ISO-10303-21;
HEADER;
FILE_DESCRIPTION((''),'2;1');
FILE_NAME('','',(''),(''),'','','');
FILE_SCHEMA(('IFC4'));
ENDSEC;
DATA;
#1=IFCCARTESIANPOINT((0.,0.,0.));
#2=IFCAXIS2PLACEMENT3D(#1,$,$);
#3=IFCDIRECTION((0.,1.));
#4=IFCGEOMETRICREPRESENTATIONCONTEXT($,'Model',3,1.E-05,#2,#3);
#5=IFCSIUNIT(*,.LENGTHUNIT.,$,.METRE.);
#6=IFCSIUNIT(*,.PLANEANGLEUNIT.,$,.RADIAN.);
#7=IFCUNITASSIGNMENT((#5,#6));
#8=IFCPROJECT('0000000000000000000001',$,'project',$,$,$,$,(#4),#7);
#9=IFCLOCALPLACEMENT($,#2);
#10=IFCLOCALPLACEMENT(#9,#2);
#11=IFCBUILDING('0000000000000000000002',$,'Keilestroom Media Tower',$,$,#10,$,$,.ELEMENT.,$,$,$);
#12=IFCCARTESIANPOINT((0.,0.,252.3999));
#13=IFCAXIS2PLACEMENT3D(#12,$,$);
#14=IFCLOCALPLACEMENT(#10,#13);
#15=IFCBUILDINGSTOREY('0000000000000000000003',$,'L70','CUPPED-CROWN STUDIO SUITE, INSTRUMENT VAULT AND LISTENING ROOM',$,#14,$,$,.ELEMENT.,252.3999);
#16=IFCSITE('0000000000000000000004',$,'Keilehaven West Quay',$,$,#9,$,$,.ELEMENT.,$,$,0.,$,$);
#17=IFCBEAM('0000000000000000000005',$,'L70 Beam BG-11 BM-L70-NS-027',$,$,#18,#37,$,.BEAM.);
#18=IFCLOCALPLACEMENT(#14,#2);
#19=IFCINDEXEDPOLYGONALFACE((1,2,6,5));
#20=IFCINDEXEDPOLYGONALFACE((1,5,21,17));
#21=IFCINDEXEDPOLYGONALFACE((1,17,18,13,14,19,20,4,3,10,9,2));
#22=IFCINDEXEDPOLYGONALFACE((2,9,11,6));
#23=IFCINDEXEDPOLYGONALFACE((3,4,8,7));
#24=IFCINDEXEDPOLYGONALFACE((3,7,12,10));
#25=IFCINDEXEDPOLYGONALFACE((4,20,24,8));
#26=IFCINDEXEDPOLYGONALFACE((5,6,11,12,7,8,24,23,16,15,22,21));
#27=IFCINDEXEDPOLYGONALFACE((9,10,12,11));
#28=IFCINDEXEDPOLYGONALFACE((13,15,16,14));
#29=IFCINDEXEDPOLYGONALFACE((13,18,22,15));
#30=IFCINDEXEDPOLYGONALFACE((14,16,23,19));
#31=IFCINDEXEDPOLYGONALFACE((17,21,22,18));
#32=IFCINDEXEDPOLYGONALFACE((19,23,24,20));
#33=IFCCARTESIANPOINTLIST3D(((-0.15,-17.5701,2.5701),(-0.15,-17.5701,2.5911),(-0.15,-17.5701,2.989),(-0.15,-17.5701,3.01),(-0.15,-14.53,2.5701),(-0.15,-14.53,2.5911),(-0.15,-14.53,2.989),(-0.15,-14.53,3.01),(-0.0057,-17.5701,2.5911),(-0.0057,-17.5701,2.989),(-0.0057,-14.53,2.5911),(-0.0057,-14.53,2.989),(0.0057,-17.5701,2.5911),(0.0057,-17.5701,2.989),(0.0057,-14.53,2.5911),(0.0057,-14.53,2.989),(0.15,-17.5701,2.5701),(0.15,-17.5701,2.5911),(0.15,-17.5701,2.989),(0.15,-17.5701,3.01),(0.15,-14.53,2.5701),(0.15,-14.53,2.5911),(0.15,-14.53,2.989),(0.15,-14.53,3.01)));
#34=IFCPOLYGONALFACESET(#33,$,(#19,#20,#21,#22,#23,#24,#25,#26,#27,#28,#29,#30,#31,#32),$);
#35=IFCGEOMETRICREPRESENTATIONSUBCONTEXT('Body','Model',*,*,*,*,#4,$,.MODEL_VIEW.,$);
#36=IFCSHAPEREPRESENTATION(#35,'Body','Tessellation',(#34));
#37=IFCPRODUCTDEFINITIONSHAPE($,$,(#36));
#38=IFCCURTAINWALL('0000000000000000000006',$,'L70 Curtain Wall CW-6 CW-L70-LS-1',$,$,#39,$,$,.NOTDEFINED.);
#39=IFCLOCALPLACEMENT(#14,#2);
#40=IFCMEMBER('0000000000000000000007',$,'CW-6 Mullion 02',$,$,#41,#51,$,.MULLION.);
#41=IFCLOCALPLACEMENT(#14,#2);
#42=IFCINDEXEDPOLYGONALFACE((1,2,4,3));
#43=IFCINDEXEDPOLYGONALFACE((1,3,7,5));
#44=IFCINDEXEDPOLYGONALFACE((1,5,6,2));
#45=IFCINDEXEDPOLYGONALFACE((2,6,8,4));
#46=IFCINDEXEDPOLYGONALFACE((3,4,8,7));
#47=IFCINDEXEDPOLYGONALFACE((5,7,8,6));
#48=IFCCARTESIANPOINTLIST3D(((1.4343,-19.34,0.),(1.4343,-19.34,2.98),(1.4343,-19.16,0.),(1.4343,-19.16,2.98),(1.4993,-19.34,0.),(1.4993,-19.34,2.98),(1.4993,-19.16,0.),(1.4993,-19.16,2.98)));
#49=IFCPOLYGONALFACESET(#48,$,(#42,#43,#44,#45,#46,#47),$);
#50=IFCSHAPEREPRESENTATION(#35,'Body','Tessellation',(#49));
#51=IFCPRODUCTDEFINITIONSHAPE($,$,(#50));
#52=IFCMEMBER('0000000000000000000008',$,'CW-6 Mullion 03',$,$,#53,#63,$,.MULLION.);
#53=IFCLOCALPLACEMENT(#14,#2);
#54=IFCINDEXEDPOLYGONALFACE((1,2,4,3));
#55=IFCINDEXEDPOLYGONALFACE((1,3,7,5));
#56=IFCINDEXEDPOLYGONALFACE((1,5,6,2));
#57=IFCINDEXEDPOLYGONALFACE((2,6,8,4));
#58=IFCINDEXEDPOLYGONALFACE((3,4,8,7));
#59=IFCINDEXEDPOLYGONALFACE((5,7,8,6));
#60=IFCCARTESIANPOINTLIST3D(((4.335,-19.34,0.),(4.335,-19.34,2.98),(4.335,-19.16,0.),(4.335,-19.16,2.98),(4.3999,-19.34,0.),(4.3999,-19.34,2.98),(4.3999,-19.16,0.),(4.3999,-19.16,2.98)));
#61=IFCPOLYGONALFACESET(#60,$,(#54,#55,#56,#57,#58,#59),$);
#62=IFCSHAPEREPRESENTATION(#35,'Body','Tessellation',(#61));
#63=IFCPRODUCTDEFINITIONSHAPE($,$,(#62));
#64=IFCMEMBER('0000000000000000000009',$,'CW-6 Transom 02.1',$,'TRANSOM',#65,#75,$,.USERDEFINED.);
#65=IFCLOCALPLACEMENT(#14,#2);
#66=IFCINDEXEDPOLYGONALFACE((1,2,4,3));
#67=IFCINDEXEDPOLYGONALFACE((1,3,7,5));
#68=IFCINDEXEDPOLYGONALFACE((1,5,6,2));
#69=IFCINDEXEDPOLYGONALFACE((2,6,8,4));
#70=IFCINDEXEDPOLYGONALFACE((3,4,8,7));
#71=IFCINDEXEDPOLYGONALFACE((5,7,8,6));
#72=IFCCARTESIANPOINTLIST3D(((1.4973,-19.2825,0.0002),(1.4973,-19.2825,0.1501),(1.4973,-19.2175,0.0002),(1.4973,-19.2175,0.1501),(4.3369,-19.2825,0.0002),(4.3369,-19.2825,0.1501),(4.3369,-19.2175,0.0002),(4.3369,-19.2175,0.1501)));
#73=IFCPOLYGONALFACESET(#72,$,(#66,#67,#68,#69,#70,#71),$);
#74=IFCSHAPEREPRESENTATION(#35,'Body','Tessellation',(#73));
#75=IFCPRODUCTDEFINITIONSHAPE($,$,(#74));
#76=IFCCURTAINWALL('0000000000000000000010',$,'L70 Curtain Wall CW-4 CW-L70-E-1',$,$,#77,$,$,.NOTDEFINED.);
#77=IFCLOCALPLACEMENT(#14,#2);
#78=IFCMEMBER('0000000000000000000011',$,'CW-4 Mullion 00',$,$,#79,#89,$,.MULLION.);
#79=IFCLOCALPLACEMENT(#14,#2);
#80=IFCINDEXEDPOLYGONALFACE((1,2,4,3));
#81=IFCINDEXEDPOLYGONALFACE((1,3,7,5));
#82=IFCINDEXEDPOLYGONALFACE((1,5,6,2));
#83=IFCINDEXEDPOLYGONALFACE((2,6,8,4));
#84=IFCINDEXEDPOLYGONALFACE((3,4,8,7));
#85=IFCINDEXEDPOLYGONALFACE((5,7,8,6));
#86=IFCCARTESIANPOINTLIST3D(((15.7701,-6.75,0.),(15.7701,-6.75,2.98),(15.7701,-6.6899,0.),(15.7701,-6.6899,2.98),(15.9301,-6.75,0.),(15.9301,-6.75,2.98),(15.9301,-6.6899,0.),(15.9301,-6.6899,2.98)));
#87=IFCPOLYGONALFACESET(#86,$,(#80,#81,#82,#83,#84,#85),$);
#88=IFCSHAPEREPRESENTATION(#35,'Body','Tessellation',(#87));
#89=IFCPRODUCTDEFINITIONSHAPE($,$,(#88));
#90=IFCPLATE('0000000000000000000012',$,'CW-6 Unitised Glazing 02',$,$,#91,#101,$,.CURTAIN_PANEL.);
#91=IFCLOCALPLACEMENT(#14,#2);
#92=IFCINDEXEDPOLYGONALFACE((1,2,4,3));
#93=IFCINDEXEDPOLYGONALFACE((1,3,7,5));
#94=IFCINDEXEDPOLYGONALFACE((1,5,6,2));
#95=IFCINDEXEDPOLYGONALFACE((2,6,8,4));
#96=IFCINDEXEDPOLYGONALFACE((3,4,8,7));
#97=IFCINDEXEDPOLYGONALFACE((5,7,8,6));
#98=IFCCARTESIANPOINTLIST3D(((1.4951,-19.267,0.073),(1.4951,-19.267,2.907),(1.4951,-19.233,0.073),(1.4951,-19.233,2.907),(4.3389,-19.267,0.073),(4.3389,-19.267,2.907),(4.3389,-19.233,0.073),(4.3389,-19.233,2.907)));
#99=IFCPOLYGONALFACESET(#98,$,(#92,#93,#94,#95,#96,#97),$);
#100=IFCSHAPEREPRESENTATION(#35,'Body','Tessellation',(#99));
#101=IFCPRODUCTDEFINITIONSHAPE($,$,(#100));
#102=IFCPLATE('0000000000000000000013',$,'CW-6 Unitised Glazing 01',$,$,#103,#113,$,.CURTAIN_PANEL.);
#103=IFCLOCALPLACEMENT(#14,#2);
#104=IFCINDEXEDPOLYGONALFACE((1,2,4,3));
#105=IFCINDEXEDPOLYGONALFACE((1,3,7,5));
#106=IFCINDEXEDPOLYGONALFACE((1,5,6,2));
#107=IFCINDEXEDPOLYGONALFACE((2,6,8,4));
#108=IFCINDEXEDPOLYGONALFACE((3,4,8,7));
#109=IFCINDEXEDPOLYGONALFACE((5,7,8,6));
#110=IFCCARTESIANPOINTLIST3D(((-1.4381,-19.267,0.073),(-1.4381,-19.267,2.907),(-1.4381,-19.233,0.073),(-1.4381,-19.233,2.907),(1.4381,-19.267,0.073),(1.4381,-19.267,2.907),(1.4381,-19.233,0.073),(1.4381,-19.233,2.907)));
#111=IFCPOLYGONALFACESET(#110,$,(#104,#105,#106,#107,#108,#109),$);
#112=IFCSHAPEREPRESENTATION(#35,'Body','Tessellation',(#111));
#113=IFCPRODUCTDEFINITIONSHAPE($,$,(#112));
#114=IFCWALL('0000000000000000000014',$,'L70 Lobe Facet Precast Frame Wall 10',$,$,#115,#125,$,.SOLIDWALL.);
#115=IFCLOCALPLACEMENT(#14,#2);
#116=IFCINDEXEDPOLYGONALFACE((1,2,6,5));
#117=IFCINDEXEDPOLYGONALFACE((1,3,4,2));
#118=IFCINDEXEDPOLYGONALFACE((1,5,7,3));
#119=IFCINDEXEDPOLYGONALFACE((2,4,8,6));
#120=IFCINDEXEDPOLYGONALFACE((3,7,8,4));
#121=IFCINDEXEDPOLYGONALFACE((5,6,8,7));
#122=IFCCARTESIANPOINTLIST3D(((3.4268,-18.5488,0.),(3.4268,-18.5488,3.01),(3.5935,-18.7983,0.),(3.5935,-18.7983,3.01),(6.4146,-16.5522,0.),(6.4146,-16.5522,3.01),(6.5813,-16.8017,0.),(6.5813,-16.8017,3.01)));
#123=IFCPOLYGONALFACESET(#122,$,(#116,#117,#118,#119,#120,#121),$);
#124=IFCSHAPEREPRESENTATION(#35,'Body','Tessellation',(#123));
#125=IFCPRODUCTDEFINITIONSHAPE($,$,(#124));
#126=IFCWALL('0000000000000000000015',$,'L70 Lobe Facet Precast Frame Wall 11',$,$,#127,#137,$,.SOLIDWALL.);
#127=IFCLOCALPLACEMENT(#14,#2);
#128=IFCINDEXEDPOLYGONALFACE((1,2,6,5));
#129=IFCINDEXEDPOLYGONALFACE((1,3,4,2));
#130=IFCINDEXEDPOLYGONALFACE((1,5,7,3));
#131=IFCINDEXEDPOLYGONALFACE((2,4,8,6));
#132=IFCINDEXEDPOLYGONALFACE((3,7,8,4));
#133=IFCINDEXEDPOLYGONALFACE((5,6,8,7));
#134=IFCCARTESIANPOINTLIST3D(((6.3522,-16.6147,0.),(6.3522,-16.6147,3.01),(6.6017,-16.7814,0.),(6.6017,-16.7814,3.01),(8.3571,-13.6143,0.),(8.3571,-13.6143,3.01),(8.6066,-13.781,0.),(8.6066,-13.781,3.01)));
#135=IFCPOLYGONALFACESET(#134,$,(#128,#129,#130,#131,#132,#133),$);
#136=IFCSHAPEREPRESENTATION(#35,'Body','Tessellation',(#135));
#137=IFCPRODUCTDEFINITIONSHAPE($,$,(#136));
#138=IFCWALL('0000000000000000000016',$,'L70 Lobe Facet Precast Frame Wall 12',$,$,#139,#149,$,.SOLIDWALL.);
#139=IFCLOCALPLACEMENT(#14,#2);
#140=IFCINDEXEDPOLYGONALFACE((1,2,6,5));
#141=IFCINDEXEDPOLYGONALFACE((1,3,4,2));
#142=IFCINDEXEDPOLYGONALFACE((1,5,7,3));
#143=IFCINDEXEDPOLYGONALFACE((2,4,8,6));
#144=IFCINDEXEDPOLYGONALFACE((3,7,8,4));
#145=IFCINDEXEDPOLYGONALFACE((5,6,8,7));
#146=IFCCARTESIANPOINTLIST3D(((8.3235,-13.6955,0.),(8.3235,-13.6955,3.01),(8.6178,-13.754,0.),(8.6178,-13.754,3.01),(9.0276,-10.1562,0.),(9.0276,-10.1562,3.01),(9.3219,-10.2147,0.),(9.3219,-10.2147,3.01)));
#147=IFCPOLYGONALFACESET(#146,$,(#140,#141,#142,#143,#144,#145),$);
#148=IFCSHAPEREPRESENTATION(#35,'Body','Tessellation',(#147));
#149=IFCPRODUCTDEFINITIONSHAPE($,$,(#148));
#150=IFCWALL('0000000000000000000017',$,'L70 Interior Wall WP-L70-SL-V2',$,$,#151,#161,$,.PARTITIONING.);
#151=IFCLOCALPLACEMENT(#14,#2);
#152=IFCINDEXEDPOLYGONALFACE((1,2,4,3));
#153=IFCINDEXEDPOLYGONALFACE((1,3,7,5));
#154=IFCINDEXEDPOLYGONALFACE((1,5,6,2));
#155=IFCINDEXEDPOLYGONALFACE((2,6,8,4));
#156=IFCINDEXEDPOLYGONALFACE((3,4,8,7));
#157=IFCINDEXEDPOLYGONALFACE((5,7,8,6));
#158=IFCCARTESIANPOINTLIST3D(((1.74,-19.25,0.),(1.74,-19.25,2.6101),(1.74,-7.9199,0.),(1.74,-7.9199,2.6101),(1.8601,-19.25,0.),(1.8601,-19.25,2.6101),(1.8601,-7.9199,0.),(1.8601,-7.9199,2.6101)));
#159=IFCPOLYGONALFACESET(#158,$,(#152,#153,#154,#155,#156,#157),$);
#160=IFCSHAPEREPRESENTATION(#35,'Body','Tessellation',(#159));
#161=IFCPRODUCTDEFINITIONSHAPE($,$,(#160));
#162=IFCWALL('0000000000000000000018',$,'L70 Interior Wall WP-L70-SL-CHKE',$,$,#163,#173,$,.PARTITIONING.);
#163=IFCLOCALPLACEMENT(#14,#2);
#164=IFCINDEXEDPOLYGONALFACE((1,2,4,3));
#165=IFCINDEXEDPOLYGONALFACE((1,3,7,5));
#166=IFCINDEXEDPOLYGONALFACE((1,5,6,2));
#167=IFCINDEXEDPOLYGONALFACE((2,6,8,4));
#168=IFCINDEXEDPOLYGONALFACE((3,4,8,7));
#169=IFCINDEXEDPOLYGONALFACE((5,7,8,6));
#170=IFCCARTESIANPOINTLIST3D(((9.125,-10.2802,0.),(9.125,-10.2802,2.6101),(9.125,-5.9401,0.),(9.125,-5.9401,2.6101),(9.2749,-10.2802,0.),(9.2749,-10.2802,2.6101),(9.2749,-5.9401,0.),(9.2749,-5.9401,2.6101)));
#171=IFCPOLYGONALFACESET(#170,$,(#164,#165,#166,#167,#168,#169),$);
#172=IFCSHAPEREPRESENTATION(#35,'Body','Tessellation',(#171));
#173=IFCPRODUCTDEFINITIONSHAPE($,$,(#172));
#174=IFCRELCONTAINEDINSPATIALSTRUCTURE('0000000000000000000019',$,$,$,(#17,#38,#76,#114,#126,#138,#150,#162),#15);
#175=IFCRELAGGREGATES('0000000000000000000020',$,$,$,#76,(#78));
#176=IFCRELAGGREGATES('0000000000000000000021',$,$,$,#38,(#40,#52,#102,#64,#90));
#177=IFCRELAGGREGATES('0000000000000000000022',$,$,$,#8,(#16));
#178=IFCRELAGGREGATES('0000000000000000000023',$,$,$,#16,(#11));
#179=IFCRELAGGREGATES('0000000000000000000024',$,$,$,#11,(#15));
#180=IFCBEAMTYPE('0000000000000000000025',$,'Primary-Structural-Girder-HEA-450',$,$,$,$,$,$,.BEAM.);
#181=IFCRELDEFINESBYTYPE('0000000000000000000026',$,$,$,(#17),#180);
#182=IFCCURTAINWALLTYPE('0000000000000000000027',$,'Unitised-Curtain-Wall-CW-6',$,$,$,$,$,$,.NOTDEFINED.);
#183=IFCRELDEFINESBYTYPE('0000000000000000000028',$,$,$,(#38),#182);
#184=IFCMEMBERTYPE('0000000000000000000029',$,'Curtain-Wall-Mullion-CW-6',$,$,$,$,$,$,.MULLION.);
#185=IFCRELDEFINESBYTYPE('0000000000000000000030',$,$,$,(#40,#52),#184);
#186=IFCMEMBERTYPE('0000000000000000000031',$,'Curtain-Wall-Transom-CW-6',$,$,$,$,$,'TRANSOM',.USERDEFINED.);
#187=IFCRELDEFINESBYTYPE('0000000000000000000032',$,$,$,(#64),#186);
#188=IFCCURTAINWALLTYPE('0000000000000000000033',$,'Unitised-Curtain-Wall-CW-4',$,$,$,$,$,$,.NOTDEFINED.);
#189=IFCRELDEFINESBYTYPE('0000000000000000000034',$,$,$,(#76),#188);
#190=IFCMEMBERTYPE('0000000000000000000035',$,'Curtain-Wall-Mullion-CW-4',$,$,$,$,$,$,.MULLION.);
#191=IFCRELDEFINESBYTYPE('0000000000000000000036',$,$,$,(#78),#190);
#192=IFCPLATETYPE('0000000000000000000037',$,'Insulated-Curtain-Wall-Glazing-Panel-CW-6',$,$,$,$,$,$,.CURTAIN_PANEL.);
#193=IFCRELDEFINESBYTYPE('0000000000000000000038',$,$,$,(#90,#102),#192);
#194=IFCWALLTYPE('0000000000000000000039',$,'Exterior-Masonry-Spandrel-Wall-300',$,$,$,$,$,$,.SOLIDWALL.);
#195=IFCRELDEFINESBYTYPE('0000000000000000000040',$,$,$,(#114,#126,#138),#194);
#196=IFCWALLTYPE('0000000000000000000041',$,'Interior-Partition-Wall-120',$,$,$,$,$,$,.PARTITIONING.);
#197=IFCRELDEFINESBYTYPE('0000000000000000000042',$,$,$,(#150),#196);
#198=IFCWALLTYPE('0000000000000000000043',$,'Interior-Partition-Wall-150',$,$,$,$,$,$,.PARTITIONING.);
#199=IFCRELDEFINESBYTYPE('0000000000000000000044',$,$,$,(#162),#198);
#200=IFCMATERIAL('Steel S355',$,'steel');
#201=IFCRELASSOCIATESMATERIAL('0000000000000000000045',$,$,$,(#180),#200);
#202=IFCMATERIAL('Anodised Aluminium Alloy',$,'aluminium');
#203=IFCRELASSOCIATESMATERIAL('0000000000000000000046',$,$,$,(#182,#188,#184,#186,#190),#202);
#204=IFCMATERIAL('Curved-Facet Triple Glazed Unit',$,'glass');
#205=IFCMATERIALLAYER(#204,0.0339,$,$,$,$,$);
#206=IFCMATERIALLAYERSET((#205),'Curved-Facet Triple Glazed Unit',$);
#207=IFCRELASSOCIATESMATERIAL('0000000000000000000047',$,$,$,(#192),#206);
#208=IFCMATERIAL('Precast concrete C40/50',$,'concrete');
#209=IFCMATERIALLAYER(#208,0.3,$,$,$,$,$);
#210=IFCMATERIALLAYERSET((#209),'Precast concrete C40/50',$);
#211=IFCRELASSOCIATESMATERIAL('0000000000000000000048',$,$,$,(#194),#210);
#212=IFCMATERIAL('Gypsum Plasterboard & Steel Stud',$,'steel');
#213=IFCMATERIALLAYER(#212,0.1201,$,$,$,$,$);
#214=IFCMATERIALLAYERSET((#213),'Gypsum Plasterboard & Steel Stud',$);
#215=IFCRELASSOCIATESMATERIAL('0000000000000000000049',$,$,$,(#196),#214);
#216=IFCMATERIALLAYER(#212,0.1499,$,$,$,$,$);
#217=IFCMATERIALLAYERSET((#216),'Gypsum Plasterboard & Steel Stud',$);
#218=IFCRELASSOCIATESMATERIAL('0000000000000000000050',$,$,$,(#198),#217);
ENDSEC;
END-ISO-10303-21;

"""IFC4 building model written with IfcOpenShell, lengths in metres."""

from ifc_helpers import new_model, si_unit, direction, frame, frame_2d, origin, origin_2d, place, context, subcontext, project, spatial, rectangle, i_section, extrude, source, transform, mapped, material, layer, layer_set, material_profile, profile_set, type_object, element, aggregate, save


model = new_model("IFC4")

# Units and contexts
model_context = context("Model", 3, precision=1e-05, world=origin(), true_north=direction((0.0, 1.0)))
body_context = subcontext(model_context, "Body", "Model", "MODEL_VIEW")
ifc_project = project(units=[si_unit("LENGTHUNIT", "METRE"), si_unit("PLANEANGLEUNIT", "RADIAN")], contexts=[model_context])

# Site, building, storey
site_placement = place(None, origin())
site = spatial("IfcSite", under=ifc_project, at=site_placement, Name="Keilehaven West Quay", CompositionType="ELEMENT", RefElevation=0.0)
building_placement = place(site_placement, origin())
building = spatial("IfcBuilding", under=site, at=building_placement, Name="Keilestroom Media Tower", CompositionType="ELEMENT")
storey_placement = place(building_placement, frame((0.0, 0.0, 252.3999)))
storey = spatial("IfcBuildingStorey", under=building, at=storey_placement, Name="L70", Description="CUPPED-CROWN STUDIO SUITE, INSTRUMENT VAULT AND LISTENING ROOM", CompositionType="ELEMENT", Elevation=252.3999)

# Shared definitions
ifc_material_1 = material(Name="Steel S355", Category="steel")

# Beam
ifc_material_profile_1 = material_profile(ifc_material_1, i_section(OverallWidth=0.3, OverallDepth=0.4399, WebThickness=0.0115, FlangeThickness=0.021, at=origin_2d()), Name="HEA 450")
ifc_profile_set_1 = profile_set([ifc_material_profile_1], Name="Steel S355")
beam_type_1 = type_object("IfcBeamType", Name="Primary-Structural-Girder-HEA-450", PredefinedType="BEAM", material=ifc_profile_set_1)
shared_shape_1 = source(origin(), body_context, "Body", "SweptSolid", [
    extrude(i_section(OverallWidth=0.3, OverallDepth=0.4399, WebThickness=0.0115, FlangeThickness=0.021, at=origin_2d()), origin(), (0.0, 0.0, 1.0), 3.04),
])
beam_1_placement = place(storey_placement, frame((0.0, -17.5701, 2.79), z_axis=(0.0, 1.0, 0.0), x_axis=(-1.0, 0.0, 0.0)))
element("IfcBeam", 1, at=beam_1_placement, inside=storey, type_object=beam_type_1, Name="L70 Beam BG-11 BM-L70-NS-027", PredefinedType="BEAM", context=body_context, shape_type="MappedRepresentation", body=[
    mapped(shared_shape_1, transform((0.0, 0.0, 0.0), x_axis=(1.0, 0.0, 0.0), y_axis=(0.0, 1.0, 0.0), z_axis=(0.0, 0.0, 1.0), scale=1.0)),
])

# Curtain wall, members
ifc_material_2 = material(Name="Anodised Aluminium Alloy", Category="aluminium")
curtain_wall_type_1 = type_object("IfcCurtainWallType", Name="Unitised-Curtain-Wall-CW-6", PredefinedType="NOTDEFINED", material=ifc_material_2)
curtain_wall_1_placement = place(storey_placement, origin())
curtain_wall_1 = element("IfcCurtainWall", 2, at=curtain_wall_1_placement, inside=storey, type_object=curtain_wall_type_1, Name="L70 Curtain Wall CW-6 CW-L70-LS-1", PredefinedType="NOTDEFINED")
ifc_material_profile_2 = material_profile(ifc_material_2, rectangle(XDim=0.0649, YDim=0.1799, at=origin_2d()), Name="ALU MULLION 65x180")
ifc_profile_set_2 = profile_set([ifc_material_profile_2], Name="Anodised Aluminium Alloy")
member_type_1 = type_object("IfcMemberType", Name="Curtain-Wall-Mullion-CW-6", PredefinedType="MULLION", material=ifc_profile_set_2)
shared_shape_2 = source(origin(), body_context, "Body", "SweptSolid", [
    extrude(rectangle(XDim=0.0649, YDim=0.1799, at=origin_2d()), origin(), (0.0, 0.0, 1.0), 2.98),
])
member_1_placement = place(storey_placement, frame((1.4668, -19.25, 0.0), z_axis=(0.0, 0.0, 1.0), x_axis=(1.0, 0.0, 0.0)))
member_1 = element("IfcMember", 3, at=member_1_placement, type_object=member_type_1, Name="CW-6 Mullion 02", PredefinedType="MULLION", context=body_context, shape_type="MappedRepresentation", body=[
    mapped(shared_shape_2, transform((0.0, 0.0, 0.0), x_axis=(1.0, 0.0, 0.0), y_axis=(0.0, 1.0, 0.0), z_axis=(0.0, 0.0, 1.0), scale=1.0)),
])
member_2_placement = place(storey_placement, frame((4.3674, -19.25, 0.0), z_axis=(0.0, 0.0, 1.0), x_axis=(1.0, 0.0, 0.0)))
member_2 = element("IfcMember", 4, at=member_2_placement, type_object=member_type_1, Name="CW-6 Mullion 03", PredefinedType="MULLION", context=body_context, shape_type="MappedRepresentation", body=[
    mapped(shared_shape_2, transform((0.0, 0.0, 0.0), x_axis=(1.0, 0.0, 0.0), y_axis=(0.0, 1.0, 0.0), z_axis=(0.0, 0.0, 1.0), scale=1.0)),
])
ifc_material_profile_3 = material_profile(ifc_material_2, rectangle(XDim=0.0649, YDim=0.1499, at=origin_2d()), Name="ALU TRANSOM 65x150")
ifc_profile_set_3 = profile_set([ifc_material_profile_3], Name="Anodised Aluminium Alloy")
member_type_2 = type_object("IfcMemberType", Name="Curtain-Wall-Transom-CW-6", ElementType="TRANSOM", PredefinedType="USERDEFINED", material=ifc_profile_set_3)
shared_shape_3 = source(origin(), body_context, "Body", "SweptSolid", [
    extrude(rectangle(XDim=0.0649, YDim=0.1499, at=origin_2d()), origin(), (0.0, 0.0, 1.0), 2.8396),
])
member_3_placement = place(storey_placement, frame((1.4973, -19.25, 0.0752), z_axis=(1.0, 0.0, 0.0), x_axis=(0.0, 1.0, 0.0)))
member_3 = element("IfcMember", 5, at=member_3_placement, type_object=member_type_2, Name="CW-6 Transom 02.1", ObjectType="TRANSOM", PredefinedType="USERDEFINED", context=body_context, shape_type="MappedRepresentation", body=[
    mapped(shared_shape_3, transform((0.0, 0.0, 0.0), x_axis=(1.0, 0.0, 0.0), y_axis=(0.0, 1.0, 0.0), z_axis=(0.0, 0.0, 1.0), scale=1.0)),
])

# Curtain wall, member
curtain_wall_type_2 = type_object("IfcCurtainWallType", Name="Unitised-Curtain-Wall-CW-4", PredefinedType="NOTDEFINED", material=ifc_material_2)
curtain_wall_2_placement = place(storey_placement, origin())
curtain_wall_2 = element("IfcCurtainWall", 6, at=curtain_wall_2_placement, inside=storey, type_object=curtain_wall_type_2, Name="L70 Curtain Wall CW-4 CW-L70-E-1", PredefinedType="NOTDEFINED")
ifc_material_profile_4 = material_profile(ifc_material_2, rectangle(XDim=0.0601, YDim=0.1599, at=origin_2d()), Name="ALU MULLION 60x160")
ifc_profile_set_4 = profile_set([ifc_material_profile_4], Name="Anodised Aluminium Alloy")
member_type_3 = type_object("IfcMemberType", Name="Curtain-Wall-Mullion-CW-4", PredefinedType="MULLION", material=ifc_profile_set_4)
shared_shape_4 = source(origin(), body_context, "Body", "SweptSolid", [
    extrude(rectangle(XDim=0.0601, YDim=0.1599, at=origin_2d()), origin(), (0.0, 0.0, 1.0), 2.98),
])
member_4_placement = place(storey_placement, frame((15.8501, -6.72, 0.0), z_axis=(0.0, 0.0, 1.0), x_axis=(0.0, 1.0, 0.0)))
member_4 = element("IfcMember", 7, at=member_4_placement, type_object=member_type_3, Name="CW-4 Mullion 00", PredefinedType="MULLION", context=body_context, shape_type="MappedRepresentation", body=[
    mapped(shared_shape_4, transform((0.0, 0.0, 0.0), x_axis=(1.0, 0.0, 0.0), y_axis=(0.0, 1.0, 0.0), z_axis=(0.0, 0.0, 1.0), scale=1.0)),
])
aggregate(curtain_wall_2, [member_4])

# Plates
ifc_material_3 = material(Name="Curved-Facet Triple Glazed Unit", Category="glass")
ifc_layer_1 = layer(ifc_material_3, 0.0339)
ifc_layer_set_1 = layer_set([ifc_layer_1], Name="Curved-Facet Triple Glazed Unit")
plate_type = type_object("IfcPlateType", Name="Insulated-Curtain-Wall-Glazing-Panel-CW-6", PredefinedType="CURTAIN_PANEL", material=ifc_layer_set_1)
shared_shape_5 = source(origin(), body_context, "Body", "SweptSolid", [
    extrude(rectangle(XDim=2.8438, YDim=0.0339, at=origin_2d()), origin(), (0.0, 0.0, 1.0), 2.834),
])
plate_1_placement = place(storey_placement, frame((2.917, -19.25, 0.073), z_axis=(0.0, 0.0, 1.0), x_axis=(1.0, 0.0, 0.0)))
plate_1 = element("IfcPlate", 8, at=plate_1_placement, type_object=plate_type, Name="CW-6 Unitised Glazing 02", PredefinedType="CURTAIN_PANEL", context=body_context, shape_type="MappedRepresentation", body=[
    mapped(shared_shape_5, transform((0.0, 0.0, 0.0), x_axis=(1.0, 0.0, 0.0), y_axis=(0.0, 1.0, 0.0), z_axis=(0.0, 0.0, 1.0), scale=1.0)),
])
shared_shape_6 = source(origin(), body_context, "Body", "SweptSolid", [
    extrude(rectangle(XDim=2.8762, YDim=0.0339, at=origin_2d()), origin(), (0.0, 0.0, 1.0), 2.834),
])
plate_2_placement = place(storey_placement, frame((0.0, -19.25, 0.073), z_axis=(0.0, 0.0, 1.0), x_axis=(1.0, 0.0, 0.0)))
plate_2 = element("IfcPlate", 9, at=plate_2_placement, type_object=plate_type, Name="CW-6 Unitised Glazing 01", PredefinedType="CURTAIN_PANEL", context=body_context, shape_type="MappedRepresentation", body=[
    mapped(shared_shape_6, transform((0.0, 0.0, 0.0), x_axis=(1.0, 0.0, 0.0), y_axis=(0.0, 1.0, 0.0), z_axis=(0.0, 0.0, 1.0), scale=1.0)),
])
aggregate(curtain_wall_1, [member_1, member_2, plate_2, member_3, plate_1])

# Walls
ifc_material_4 = material(Name="Precast concrete C40/50", Category="concrete")
ifc_layer_2 = layer(ifc_material_4, 0.3)
ifc_layer_set_2 = layer_set([ifc_layer_2], Name="Precast concrete C40/50")
wall_type_1 = type_object("IfcWallType", Name="Exterior-Masonry-Spandrel-Wall-300", PredefinedType="SOLIDWALL", material=ifc_layer_set_2)
wall_1_placement = place(storey_placement, frame((3.51, -18.6736, 0.0), z_axis=(0.0, 0.0, 1.0), x_axis=(0.831444, 0.555609, 0.0)))
element("IfcWall", 10, at=wall_1_placement, inside=storey, type_object=wall_type_1, Name="L70 Lobe Facet Precast Frame Wall 10", PredefinedType="SOLIDWALL", context=body_context, shape_type="SweptSolid", body=[
    extrude(rectangle(XDim=3.5935, YDim=0.3, at=frame_2d((1.7969, 0.0))), origin(), (0.0, 0.0, 1.0), 3.01),
])
for number, where, z_axis, x_axis, name in (
    (11, (6.4771, -16.698, 0.0), (0.0, 0.0, 1.0), (0.555574, 0.831467, 0.0), "L70 Lobe Facet Precast Frame Wall 11"),
    (12, (8.4707, -13.7246, 0.0), (0.0, 0.0, 1.0), (0.195114, 0.980781, 0.0), "L70 Lobe Facet Precast Frame Wall 12"),
):
    element("IfcWall", number, at=place(storey_placement, frame(where, z_axis=z_axis, x_axis=x_axis)), inside=storey, type_object=wall_type_1, Name=name, PredefinedType="SOLIDWALL", context=body_context, shape_type="SweptSolid", body=[
        extrude(rectangle(XDim=3.6086, YDim=0.3, at=frame_2d((1.8042, 0.0))), origin(), (0.0, 0.0, 1.0), 3.01),
    ])
ifc_material_5 = material(Name="Gypsum Plasterboard & Steel Stud", Category="steel")
ifc_layer_3 = layer(ifc_material_5, 0.1201)
ifc_layer_set_3 = layer_set([ifc_layer_3], Name="Gypsum Plasterboard & Steel Stud")
wall_type_2 = type_object("IfcWallType", Name="Interior-Partition-Wall-120", PredefinedType="PARTITIONING", material=ifc_layer_set_3)
wall_2_placement = place(storey_placement, frame((1.8, -19.25, 0.0), z_axis=(0.0, 0.0, 1.0), x_axis=(0.0, 1.0, 0.0)))
element("IfcWall", 13, at=wall_2_placement, inside=storey, type_object=wall_type_2, Name="L70 Interior Wall WP-L70-SL-V2", PredefinedType="PARTITIONING", context=body_context, shape_type="SweptSolid", body=[
    extrude(rectangle(XDim=11.3301, YDim=0.1201, at=frame_2d((5.665, 0.0))), origin(), (0.0, 0.0, 1.0), 2.6101),
])
ifc_layer_4 = layer(ifc_material_5, 0.1499)
ifc_layer_set_4 = layer_set([ifc_layer_4], Name="Gypsum Plasterboard & Steel Stud")
wall_type_3 = type_object("IfcWallType", Name="Interior-Partition-Wall-150", PredefinedType="PARTITIONING", material=ifc_layer_set_4)
wall_3_placement = place(storey_placement, frame((9.2, -10.28, 0.0), z_axis=(0.0, 0.0, 1.0), x_axis=(0.0, 1.0, 0.0)))
element("IfcWall", 14, at=wall_3_placement, inside=storey, type_object=wall_type_3, Name="L70 Interior Wall WP-L70-SL-CHKE", PredefinedType="PARTITIONING", context=body_context, shape_type="SweptSolid", body=[
    extrude(rectangle(XDim=4.3401, YDim=0.1499, at=frame_2d((2.1699, 0.0))), origin(), (0.0, 0.0, 1.0), 2.6101),
])

save(model, "model.ifc")
